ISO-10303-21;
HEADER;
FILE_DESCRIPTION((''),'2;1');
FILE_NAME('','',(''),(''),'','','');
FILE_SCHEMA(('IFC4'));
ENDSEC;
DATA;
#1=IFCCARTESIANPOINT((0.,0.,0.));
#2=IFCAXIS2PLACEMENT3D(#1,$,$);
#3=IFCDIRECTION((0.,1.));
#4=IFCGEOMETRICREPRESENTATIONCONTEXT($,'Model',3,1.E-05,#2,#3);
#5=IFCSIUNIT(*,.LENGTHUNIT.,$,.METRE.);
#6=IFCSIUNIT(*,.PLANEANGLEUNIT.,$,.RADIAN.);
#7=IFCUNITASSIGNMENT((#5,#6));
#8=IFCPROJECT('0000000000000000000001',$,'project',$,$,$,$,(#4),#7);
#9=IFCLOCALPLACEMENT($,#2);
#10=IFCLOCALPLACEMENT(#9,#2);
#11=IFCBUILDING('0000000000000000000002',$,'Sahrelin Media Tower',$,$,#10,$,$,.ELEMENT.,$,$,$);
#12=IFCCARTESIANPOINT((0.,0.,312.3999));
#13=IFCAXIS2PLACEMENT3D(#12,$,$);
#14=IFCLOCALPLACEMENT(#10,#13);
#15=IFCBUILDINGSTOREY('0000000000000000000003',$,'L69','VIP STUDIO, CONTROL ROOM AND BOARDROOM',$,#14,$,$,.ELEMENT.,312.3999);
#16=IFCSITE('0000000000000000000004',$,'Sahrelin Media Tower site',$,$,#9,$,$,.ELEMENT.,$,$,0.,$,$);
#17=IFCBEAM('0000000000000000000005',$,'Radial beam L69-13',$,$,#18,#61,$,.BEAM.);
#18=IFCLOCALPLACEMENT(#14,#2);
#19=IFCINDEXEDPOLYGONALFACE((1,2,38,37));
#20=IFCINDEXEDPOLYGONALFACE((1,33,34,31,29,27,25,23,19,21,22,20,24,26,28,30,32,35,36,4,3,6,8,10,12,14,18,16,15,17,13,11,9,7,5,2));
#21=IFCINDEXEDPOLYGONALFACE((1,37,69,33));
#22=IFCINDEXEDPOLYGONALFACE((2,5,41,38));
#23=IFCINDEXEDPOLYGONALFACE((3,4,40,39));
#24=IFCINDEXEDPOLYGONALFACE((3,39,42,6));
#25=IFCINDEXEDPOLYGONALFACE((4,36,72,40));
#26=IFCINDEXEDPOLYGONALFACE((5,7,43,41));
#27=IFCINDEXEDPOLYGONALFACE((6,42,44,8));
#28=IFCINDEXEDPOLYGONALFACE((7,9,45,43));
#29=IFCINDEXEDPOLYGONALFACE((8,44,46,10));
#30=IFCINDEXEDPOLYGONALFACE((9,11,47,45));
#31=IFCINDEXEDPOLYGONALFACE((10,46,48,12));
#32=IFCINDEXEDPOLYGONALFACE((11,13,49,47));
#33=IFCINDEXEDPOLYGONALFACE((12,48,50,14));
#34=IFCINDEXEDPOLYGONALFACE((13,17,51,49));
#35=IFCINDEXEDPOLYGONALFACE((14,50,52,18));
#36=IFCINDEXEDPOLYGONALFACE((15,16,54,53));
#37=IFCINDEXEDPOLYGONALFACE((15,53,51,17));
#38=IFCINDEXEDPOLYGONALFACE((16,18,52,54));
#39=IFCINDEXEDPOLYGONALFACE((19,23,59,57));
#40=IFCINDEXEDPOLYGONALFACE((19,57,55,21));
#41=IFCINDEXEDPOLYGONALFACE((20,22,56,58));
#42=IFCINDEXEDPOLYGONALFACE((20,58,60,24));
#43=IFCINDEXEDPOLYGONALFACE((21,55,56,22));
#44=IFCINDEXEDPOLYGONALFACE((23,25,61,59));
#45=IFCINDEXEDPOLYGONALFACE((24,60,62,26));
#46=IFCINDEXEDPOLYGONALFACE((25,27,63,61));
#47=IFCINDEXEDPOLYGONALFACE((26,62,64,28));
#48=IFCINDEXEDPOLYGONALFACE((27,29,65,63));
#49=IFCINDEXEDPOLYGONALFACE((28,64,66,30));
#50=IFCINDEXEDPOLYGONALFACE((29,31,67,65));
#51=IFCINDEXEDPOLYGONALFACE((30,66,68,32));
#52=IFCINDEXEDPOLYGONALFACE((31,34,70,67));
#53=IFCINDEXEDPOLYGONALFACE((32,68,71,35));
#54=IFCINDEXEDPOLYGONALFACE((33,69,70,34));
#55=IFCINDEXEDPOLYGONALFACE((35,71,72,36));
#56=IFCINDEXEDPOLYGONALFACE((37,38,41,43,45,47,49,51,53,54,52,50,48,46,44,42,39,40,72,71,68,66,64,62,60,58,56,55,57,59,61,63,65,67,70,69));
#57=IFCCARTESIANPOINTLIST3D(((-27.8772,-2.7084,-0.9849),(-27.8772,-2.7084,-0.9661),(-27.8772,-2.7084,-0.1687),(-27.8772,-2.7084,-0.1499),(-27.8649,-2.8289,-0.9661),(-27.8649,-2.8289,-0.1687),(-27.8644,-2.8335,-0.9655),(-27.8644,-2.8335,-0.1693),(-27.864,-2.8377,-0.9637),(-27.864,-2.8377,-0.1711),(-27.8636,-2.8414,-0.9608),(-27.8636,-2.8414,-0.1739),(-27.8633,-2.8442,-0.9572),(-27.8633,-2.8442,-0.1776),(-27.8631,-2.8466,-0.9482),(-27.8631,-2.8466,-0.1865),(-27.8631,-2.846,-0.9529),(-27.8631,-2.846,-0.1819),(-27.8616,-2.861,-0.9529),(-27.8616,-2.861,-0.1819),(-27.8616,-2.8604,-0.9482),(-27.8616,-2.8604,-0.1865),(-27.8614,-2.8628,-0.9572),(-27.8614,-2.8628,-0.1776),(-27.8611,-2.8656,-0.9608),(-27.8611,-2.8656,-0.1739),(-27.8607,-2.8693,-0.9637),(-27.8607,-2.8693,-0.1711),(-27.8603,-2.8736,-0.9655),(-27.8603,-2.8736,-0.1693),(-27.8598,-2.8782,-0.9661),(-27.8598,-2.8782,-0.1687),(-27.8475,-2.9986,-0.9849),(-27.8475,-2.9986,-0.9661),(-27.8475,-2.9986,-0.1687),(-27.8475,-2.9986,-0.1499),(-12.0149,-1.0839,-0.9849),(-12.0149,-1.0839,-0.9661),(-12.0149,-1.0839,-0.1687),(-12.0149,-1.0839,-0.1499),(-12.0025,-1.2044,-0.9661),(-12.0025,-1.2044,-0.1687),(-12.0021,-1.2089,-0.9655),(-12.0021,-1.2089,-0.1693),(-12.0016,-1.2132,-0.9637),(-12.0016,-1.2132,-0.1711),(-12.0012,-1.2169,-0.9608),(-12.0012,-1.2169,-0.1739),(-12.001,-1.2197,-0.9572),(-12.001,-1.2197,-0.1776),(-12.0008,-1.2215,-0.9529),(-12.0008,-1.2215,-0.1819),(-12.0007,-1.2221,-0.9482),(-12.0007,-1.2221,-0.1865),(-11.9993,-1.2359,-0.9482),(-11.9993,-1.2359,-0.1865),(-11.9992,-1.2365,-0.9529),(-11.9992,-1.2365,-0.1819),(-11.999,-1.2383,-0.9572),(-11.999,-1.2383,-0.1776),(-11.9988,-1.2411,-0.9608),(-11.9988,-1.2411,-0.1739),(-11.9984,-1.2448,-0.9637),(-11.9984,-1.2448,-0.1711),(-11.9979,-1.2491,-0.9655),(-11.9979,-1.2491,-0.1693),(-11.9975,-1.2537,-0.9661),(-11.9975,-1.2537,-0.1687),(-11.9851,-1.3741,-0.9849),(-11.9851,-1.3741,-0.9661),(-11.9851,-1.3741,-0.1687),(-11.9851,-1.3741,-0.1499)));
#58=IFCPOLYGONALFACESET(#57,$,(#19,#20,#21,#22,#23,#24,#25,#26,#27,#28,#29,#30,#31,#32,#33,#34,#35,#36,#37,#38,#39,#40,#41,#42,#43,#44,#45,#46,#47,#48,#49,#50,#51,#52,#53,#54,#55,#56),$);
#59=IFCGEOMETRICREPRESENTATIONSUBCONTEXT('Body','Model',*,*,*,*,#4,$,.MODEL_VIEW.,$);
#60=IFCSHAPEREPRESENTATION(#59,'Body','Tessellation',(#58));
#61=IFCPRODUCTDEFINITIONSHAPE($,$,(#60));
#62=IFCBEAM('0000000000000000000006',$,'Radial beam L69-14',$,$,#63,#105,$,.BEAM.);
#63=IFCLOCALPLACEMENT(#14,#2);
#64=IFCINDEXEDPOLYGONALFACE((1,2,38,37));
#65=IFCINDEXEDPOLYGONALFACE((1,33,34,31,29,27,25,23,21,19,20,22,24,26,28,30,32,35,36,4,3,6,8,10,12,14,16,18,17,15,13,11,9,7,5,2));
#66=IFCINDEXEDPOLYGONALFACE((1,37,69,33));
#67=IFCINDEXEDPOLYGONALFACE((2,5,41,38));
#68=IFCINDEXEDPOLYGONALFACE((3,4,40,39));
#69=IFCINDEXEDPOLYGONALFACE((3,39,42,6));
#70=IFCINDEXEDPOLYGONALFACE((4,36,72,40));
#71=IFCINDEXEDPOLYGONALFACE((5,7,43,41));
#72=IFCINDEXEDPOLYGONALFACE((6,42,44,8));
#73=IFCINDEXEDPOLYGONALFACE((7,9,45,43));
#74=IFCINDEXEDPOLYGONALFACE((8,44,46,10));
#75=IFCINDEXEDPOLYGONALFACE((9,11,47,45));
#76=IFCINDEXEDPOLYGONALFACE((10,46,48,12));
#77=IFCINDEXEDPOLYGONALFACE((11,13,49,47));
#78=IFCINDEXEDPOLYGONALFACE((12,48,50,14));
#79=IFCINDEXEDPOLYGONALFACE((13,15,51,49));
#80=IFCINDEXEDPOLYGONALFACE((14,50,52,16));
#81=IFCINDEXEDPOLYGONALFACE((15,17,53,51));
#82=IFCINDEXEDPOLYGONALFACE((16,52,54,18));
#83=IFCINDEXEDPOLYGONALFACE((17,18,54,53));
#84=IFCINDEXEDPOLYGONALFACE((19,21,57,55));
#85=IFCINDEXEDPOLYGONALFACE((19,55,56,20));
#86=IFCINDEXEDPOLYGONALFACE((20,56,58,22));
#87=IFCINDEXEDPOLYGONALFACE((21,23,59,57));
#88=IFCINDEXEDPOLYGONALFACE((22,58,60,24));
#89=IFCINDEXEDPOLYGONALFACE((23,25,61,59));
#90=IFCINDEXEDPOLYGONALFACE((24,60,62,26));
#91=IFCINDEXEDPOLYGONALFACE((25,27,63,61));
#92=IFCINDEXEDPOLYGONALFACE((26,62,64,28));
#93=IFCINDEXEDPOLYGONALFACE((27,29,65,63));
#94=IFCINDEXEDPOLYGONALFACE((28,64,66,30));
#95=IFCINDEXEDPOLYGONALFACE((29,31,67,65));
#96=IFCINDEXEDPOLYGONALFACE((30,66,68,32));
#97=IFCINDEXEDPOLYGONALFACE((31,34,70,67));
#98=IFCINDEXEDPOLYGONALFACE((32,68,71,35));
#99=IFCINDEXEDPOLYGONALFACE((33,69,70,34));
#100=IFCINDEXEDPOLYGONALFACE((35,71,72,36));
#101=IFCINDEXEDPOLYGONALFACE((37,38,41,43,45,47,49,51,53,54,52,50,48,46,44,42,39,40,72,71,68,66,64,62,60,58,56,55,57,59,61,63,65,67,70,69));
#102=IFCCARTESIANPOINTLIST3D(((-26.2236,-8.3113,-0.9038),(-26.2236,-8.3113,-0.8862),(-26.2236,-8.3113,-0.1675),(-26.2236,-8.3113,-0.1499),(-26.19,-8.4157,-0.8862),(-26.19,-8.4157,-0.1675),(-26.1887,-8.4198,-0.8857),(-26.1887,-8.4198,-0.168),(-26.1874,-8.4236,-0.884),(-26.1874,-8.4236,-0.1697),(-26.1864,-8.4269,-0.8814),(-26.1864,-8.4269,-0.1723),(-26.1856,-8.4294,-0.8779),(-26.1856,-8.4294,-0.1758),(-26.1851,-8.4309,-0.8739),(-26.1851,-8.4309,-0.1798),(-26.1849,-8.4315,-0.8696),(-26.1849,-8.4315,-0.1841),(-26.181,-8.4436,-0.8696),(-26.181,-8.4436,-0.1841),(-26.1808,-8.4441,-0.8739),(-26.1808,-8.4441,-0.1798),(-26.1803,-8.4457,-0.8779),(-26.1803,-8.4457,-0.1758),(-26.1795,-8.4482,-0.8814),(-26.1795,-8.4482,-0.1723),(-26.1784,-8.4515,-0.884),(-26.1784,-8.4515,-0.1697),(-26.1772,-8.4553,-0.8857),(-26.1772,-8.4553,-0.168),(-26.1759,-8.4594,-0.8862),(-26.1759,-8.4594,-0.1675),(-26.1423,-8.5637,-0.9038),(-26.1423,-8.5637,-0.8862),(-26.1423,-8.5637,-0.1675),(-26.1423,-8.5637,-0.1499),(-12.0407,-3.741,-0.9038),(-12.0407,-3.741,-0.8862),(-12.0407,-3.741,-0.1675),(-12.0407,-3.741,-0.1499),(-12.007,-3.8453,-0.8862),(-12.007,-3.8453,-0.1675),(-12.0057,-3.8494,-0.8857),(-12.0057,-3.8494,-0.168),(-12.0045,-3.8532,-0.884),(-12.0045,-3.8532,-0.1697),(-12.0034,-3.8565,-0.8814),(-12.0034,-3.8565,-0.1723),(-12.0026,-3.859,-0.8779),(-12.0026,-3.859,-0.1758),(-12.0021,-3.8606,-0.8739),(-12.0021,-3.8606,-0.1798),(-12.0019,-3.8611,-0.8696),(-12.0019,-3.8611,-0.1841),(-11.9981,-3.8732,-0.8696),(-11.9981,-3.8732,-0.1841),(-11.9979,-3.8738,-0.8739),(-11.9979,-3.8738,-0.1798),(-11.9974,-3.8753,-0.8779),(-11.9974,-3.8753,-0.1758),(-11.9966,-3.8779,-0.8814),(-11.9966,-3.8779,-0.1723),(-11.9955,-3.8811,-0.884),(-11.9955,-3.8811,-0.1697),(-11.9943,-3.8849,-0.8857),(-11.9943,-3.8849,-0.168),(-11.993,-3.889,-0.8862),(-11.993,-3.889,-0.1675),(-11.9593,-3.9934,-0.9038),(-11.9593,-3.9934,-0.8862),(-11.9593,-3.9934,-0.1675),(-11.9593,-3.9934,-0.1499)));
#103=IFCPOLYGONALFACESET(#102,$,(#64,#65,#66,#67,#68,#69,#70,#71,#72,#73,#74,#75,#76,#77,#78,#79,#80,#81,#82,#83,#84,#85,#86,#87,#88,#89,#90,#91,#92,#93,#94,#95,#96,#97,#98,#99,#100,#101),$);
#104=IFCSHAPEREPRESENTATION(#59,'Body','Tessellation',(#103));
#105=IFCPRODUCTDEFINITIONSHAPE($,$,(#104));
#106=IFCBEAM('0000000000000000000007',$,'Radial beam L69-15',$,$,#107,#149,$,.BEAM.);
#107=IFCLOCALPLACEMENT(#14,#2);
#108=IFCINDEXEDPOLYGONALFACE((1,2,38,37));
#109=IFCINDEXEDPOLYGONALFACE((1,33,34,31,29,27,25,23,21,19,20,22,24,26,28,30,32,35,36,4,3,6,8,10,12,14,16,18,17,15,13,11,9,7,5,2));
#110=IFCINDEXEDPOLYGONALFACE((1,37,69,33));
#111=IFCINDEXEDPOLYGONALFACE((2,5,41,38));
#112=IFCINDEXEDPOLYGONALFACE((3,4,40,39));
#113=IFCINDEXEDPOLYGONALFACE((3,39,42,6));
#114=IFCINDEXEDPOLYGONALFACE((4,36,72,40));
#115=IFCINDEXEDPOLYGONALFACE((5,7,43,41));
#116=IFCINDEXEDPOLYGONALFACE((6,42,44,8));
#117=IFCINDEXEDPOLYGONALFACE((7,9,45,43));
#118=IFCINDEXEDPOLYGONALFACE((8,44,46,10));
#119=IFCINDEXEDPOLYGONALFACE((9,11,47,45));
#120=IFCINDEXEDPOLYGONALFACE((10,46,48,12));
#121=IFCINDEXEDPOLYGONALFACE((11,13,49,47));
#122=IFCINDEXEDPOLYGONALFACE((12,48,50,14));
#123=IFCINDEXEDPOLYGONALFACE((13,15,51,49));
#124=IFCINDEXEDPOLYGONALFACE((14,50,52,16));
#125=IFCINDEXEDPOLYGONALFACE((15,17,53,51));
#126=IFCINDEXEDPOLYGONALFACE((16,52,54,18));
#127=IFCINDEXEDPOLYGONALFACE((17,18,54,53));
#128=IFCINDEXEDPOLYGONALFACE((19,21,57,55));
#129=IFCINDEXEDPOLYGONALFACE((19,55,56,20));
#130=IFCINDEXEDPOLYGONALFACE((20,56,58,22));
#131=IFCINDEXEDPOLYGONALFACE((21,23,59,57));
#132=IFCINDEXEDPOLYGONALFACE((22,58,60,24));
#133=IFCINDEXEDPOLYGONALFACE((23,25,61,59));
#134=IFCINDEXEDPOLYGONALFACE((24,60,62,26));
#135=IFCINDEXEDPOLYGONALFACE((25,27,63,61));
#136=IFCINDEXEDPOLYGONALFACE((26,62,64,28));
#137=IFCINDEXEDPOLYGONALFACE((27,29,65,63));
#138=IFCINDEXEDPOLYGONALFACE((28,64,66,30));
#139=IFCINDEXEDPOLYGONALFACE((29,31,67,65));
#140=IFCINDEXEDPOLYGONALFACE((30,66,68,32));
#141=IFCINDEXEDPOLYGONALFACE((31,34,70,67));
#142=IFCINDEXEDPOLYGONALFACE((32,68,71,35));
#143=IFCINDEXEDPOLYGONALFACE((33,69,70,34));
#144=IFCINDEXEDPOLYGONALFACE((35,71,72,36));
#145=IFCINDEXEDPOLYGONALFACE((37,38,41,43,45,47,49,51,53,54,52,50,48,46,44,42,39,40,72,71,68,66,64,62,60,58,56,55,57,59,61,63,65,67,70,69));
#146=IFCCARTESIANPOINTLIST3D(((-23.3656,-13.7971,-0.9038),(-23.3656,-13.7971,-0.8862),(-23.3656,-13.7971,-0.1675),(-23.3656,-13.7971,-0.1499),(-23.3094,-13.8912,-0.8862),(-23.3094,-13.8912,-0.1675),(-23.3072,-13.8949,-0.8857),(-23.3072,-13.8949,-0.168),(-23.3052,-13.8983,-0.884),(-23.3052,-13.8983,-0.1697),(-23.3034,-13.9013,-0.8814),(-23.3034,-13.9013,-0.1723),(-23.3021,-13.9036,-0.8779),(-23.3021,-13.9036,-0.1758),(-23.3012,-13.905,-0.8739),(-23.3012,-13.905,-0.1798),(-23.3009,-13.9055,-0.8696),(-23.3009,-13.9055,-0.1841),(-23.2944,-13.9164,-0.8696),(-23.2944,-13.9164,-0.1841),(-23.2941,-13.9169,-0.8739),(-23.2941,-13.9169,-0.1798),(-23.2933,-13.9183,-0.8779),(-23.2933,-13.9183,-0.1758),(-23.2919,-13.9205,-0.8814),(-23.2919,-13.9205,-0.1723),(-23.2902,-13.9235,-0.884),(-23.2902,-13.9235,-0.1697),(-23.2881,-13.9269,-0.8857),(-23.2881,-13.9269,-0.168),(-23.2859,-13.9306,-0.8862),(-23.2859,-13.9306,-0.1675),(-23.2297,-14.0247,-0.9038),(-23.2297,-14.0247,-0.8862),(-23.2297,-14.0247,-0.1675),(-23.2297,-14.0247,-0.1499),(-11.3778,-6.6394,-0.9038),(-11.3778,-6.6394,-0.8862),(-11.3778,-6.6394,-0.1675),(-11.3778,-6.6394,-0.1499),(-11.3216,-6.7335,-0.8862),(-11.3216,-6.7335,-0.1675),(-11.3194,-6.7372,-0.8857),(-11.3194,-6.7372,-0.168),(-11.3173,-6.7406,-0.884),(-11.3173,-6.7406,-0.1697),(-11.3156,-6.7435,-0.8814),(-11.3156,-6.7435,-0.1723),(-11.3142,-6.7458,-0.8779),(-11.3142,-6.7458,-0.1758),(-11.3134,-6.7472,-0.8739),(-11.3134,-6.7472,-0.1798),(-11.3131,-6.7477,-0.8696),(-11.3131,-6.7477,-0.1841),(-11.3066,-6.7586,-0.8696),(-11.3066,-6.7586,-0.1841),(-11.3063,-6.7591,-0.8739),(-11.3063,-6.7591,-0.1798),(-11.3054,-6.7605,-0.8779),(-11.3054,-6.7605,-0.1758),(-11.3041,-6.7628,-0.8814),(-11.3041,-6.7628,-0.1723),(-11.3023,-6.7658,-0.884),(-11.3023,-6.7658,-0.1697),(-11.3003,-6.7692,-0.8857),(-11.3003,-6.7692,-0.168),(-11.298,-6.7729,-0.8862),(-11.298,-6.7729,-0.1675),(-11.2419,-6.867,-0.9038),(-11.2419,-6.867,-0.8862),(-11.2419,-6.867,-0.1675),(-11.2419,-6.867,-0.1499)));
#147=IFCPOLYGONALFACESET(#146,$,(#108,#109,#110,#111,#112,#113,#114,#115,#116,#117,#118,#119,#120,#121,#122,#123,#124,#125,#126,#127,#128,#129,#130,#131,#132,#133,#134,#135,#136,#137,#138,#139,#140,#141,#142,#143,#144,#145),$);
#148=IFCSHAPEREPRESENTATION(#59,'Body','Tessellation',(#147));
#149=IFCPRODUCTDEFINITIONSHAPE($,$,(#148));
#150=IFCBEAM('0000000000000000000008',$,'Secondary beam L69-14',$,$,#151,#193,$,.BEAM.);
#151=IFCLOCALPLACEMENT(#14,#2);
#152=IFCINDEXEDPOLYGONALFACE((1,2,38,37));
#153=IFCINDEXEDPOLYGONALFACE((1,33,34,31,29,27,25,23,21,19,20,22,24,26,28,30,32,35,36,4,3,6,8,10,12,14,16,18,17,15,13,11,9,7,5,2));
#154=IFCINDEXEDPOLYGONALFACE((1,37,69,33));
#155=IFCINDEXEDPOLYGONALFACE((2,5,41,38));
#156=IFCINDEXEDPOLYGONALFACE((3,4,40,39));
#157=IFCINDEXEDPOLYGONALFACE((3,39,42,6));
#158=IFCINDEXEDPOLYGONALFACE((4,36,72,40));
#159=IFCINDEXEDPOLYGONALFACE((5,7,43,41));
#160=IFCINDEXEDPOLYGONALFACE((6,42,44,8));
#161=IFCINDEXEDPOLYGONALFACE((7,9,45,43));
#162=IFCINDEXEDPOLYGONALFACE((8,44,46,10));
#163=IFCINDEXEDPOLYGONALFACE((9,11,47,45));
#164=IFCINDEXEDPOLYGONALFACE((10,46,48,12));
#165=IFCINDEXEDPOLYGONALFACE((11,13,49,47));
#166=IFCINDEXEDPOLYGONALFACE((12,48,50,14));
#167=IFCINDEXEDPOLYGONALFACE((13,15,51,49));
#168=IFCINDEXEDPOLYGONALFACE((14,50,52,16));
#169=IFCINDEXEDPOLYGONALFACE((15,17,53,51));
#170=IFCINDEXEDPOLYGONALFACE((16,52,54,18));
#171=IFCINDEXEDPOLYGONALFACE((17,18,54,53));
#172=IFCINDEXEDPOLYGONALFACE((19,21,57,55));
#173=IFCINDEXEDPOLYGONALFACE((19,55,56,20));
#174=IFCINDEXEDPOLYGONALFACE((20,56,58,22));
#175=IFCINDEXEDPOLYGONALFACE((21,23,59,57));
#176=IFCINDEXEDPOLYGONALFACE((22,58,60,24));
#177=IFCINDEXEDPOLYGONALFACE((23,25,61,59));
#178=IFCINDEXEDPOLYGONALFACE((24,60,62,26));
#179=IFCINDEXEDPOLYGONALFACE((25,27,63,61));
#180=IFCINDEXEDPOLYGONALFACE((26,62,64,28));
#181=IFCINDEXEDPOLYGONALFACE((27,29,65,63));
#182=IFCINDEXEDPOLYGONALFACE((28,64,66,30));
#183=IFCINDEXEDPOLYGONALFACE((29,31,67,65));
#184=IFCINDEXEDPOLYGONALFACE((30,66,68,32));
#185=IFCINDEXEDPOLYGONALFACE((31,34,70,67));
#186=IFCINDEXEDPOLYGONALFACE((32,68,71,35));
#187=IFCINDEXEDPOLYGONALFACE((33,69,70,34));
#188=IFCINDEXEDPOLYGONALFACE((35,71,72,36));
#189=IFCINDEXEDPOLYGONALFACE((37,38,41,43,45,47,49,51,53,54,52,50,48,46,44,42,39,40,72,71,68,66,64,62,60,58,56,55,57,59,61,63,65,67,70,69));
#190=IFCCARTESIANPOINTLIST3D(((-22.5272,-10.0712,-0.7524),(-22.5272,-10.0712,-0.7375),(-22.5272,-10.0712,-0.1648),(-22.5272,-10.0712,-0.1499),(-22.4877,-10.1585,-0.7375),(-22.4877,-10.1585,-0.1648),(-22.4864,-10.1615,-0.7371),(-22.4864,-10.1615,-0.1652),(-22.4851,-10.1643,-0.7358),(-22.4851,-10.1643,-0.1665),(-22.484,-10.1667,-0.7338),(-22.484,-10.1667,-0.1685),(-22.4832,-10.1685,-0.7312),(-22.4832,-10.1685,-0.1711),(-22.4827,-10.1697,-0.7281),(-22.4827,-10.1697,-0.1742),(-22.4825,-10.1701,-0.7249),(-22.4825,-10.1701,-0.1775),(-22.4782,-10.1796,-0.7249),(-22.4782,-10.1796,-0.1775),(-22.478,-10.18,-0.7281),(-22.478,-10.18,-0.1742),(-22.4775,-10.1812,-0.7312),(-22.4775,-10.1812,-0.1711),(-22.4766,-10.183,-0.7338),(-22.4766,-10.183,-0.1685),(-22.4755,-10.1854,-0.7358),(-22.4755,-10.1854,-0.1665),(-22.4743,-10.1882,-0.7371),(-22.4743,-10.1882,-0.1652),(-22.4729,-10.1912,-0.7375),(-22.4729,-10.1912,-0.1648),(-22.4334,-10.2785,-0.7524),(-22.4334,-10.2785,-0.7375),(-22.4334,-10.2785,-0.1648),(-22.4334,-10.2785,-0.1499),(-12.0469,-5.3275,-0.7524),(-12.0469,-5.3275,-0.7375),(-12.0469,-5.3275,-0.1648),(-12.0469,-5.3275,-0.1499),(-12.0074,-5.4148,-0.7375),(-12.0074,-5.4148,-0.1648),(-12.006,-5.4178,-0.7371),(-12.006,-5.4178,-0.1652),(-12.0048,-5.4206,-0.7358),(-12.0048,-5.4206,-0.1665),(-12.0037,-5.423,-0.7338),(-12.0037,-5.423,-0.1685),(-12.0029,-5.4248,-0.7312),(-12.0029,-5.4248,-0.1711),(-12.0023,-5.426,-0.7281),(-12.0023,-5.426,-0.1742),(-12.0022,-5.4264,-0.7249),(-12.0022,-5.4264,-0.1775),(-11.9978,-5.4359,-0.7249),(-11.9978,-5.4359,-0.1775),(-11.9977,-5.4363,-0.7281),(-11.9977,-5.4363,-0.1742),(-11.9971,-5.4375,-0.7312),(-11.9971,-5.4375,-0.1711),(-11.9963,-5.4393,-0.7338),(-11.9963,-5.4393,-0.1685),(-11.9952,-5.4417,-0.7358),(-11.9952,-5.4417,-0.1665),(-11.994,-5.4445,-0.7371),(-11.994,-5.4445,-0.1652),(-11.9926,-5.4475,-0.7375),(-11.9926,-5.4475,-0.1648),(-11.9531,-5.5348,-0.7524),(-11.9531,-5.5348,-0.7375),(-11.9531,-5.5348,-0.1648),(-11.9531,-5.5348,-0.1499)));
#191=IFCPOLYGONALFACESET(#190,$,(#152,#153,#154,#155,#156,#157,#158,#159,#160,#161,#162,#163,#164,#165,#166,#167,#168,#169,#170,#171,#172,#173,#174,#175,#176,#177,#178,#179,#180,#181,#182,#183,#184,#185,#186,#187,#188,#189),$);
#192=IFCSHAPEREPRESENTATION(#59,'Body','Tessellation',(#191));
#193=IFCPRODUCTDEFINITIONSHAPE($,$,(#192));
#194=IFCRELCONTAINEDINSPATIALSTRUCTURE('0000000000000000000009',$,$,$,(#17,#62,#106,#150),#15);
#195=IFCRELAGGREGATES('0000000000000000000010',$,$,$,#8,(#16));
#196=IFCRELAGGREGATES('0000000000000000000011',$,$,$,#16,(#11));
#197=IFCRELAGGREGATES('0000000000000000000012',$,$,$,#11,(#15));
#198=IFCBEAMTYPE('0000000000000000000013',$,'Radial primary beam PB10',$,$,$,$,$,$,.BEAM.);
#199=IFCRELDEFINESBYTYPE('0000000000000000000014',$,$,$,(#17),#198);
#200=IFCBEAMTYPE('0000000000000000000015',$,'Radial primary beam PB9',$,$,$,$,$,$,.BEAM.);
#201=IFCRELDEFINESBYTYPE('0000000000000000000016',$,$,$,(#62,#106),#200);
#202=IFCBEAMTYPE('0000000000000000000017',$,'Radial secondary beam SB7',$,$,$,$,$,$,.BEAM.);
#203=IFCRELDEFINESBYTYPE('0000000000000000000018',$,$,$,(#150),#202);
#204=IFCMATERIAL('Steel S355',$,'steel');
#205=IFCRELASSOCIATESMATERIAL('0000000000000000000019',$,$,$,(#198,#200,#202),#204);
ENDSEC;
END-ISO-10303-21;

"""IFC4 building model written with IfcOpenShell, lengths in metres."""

from ifc_helpers import new_model, si_unit, direction, frame, origin, origin_2d, place, context, subcontext, project, spatial, i_section, extrude, material, material_profile, profile_set, type_object, element, save


model = new_model("IFC4")

# Units and contexts
model_context = context("Model", 3, precision=1e-05, world=origin(), true_north=direction((0.0, 1.0)))
body_context = subcontext(model_context, "Body", "Model", "MODEL_VIEW")
ifc_project = project(units=[si_unit("LENGTHUNIT", "METRE"), si_unit("PLANEANGLEUNIT", "RADIAN")], contexts=[model_context])

# Site, building, storey
site_placement = place(None, origin())
site = spatial("IfcSite", under=ifc_project, at=site_placement, Name="Sahrelin Media Tower site", CompositionType="ELEMENT", RefElevation=0.0)
building_placement = place(site_placement, origin())
building = spatial("IfcBuilding", under=site, at=building_placement, Name="Sahrelin Media Tower", CompositionType="ELEMENT")
storey_placement = place(building_placement, frame((0.0, 0.0, 312.3999)))
storey = spatial("IfcBuildingStorey", under=building, at=storey_placement, Name="L69", Description="VIP STUDIO, CONTROL ROOM AND BOARDROOM", CompositionType="ELEMENT", Elevation=312.3999)

# Beams
ifc_material_1 = material(Name="Steel S355", Category="steel")
ifc_material_profile_1 = material_profile(ifc_material_1, i_section(OverallWidth=0.2917, OverallDepth=0.835, WebThickness=0.0139, FlangeThickness=0.0188, FilletRadius=0.0178, at=origin_2d()), Name="UB 838x292x176")
ifc_profile_set_1 = profile_set([ifc_material_profile_1], Name="Steel S355")
beam_type_1 = type_object("IfcBeamType", Name="Radial primary beam PB10", PredefinedType="BEAM", material=ifc_profile_set_1)
beam_1_placement = place(storey_placement, frame((-12.0, -1.229, -0.5674), z_axis=(-0.994797, -0.10188, 0.0), x_axis=(0.10188, -0.994797, 0.0)))
element("IfcBeam", 1, at=beam_1_placement, inside=storey, type_object=beam_type_1, Name="Radial beam L69-13", PredefinedType="BEAM", context=body_context, shape_type="SweptSolid", body=[
    extrude(i_section(OverallWidth=0.2917, OverallDepth=0.835, WebThickness=0.0139, FlangeThickness=0.0188, FilletRadius=0.0178, at=origin_2d()), origin(), (0.0, 0.0, 1.0), 15.9453),
])
ifc_material_profile_2 = material_profile(ifc_material_1, i_section(OverallWidth=0.2651, OverallDepth=0.7539, WebThickness=0.0127, FlangeThickness=0.0176, FilletRadius=0.0166, at=origin_2d()), Name="UB 762x267x147")
ifc_profile_set_2 = profile_set([ifc_material_profile_2], Name="Steel S355")
beam_type_2 = type_object("IfcBeamType", Name="Radial primary beam PB9", PredefinedType="BEAM", material=ifc_profile_set_2)
beam_2_placement = place(storey_placement, frame((-12.0, -3.8672, -0.5269), z_axis=(-0.951803, -0.306711, 0.0), x_axis=(0.306711, -0.951803, 0.0)))
element("IfcBeam", 2, at=beam_2_placement, inside=storey, type_object=beam_type_2, Name="Radial beam L69-14", PredefinedType="BEAM", context=body_context, shape_type="SweptSolid", body=[
    extrude(i_section(OverallWidth=0.2651, OverallDepth=0.7539, WebThickness=0.0127, FlangeThickness=0.0176, FilletRadius=0.0166, at=origin_2d()), origin(), (0.0, 0.0, 1.0), 14.9011),
])
beam_3_placement = place(storey_placement, frame((-11.3098, -6.7532, -0.5269), z_axis=(-0.858596, -0.512653, 0.0), x_axis=(0.512653, -0.858596, 0.0)))
element("IfcBeam", 3, at=beam_3_placement, inside=storey, type_object=beam_type_2, Name="Radial beam L69-15", PredefinedType="BEAM", context=body_context, shape_type="SweptSolid", body=[
    extrude(i_section(OverallWidth=0.2651, OverallDepth=0.7539, WebThickness=0.0127, FlangeThickness=0.0176, FilletRadius=0.0166, at=origin_2d()), origin(), (0.0, 0.0, 1.0), 13.9622),
])
ifc_material_profile_3 = material_profile(ifc_material_1, i_section(OverallWidth=0.2275, OverallDepth=0.6025, WebThickness=0.0105, FlangeThickness=0.0149, FilletRadius=0.0127, at=origin_2d()), Name="UB 610x229x101")
ifc_profile_set_3 = profile_set([ifc_material_profile_3], Name="Steel S355")
beam_type_3 = type_object("IfcBeamType", Name="Radial secondary beam SB7", PredefinedType="BEAM", material=ifc_profile_set_3)
beam_4_placement = place(storey_placement, frame((-12.0, -5.4312, -0.4512), z_axis=(-0.911023, -0.412355, 0.0), x_axis=(0.412355, -0.911023, 0.0)))
element("IfcBeam", 4, at=beam_4_placement, inside=storey, type_object=beam_type_3, Name="Secondary beam L69-14", PredefinedType="BEAM", context=body_context, shape_type="SweptSolid", body=[
    extrude(i_section(OverallWidth=0.2275, OverallDepth=0.6025, WebThickness=0.0105, FlangeThickness=0.0149, FilletRadius=0.0127, at=origin_2d()), origin(), (0.0, 0.0, 1.0), 11.5039),
])

save(model, "model.ifc")
